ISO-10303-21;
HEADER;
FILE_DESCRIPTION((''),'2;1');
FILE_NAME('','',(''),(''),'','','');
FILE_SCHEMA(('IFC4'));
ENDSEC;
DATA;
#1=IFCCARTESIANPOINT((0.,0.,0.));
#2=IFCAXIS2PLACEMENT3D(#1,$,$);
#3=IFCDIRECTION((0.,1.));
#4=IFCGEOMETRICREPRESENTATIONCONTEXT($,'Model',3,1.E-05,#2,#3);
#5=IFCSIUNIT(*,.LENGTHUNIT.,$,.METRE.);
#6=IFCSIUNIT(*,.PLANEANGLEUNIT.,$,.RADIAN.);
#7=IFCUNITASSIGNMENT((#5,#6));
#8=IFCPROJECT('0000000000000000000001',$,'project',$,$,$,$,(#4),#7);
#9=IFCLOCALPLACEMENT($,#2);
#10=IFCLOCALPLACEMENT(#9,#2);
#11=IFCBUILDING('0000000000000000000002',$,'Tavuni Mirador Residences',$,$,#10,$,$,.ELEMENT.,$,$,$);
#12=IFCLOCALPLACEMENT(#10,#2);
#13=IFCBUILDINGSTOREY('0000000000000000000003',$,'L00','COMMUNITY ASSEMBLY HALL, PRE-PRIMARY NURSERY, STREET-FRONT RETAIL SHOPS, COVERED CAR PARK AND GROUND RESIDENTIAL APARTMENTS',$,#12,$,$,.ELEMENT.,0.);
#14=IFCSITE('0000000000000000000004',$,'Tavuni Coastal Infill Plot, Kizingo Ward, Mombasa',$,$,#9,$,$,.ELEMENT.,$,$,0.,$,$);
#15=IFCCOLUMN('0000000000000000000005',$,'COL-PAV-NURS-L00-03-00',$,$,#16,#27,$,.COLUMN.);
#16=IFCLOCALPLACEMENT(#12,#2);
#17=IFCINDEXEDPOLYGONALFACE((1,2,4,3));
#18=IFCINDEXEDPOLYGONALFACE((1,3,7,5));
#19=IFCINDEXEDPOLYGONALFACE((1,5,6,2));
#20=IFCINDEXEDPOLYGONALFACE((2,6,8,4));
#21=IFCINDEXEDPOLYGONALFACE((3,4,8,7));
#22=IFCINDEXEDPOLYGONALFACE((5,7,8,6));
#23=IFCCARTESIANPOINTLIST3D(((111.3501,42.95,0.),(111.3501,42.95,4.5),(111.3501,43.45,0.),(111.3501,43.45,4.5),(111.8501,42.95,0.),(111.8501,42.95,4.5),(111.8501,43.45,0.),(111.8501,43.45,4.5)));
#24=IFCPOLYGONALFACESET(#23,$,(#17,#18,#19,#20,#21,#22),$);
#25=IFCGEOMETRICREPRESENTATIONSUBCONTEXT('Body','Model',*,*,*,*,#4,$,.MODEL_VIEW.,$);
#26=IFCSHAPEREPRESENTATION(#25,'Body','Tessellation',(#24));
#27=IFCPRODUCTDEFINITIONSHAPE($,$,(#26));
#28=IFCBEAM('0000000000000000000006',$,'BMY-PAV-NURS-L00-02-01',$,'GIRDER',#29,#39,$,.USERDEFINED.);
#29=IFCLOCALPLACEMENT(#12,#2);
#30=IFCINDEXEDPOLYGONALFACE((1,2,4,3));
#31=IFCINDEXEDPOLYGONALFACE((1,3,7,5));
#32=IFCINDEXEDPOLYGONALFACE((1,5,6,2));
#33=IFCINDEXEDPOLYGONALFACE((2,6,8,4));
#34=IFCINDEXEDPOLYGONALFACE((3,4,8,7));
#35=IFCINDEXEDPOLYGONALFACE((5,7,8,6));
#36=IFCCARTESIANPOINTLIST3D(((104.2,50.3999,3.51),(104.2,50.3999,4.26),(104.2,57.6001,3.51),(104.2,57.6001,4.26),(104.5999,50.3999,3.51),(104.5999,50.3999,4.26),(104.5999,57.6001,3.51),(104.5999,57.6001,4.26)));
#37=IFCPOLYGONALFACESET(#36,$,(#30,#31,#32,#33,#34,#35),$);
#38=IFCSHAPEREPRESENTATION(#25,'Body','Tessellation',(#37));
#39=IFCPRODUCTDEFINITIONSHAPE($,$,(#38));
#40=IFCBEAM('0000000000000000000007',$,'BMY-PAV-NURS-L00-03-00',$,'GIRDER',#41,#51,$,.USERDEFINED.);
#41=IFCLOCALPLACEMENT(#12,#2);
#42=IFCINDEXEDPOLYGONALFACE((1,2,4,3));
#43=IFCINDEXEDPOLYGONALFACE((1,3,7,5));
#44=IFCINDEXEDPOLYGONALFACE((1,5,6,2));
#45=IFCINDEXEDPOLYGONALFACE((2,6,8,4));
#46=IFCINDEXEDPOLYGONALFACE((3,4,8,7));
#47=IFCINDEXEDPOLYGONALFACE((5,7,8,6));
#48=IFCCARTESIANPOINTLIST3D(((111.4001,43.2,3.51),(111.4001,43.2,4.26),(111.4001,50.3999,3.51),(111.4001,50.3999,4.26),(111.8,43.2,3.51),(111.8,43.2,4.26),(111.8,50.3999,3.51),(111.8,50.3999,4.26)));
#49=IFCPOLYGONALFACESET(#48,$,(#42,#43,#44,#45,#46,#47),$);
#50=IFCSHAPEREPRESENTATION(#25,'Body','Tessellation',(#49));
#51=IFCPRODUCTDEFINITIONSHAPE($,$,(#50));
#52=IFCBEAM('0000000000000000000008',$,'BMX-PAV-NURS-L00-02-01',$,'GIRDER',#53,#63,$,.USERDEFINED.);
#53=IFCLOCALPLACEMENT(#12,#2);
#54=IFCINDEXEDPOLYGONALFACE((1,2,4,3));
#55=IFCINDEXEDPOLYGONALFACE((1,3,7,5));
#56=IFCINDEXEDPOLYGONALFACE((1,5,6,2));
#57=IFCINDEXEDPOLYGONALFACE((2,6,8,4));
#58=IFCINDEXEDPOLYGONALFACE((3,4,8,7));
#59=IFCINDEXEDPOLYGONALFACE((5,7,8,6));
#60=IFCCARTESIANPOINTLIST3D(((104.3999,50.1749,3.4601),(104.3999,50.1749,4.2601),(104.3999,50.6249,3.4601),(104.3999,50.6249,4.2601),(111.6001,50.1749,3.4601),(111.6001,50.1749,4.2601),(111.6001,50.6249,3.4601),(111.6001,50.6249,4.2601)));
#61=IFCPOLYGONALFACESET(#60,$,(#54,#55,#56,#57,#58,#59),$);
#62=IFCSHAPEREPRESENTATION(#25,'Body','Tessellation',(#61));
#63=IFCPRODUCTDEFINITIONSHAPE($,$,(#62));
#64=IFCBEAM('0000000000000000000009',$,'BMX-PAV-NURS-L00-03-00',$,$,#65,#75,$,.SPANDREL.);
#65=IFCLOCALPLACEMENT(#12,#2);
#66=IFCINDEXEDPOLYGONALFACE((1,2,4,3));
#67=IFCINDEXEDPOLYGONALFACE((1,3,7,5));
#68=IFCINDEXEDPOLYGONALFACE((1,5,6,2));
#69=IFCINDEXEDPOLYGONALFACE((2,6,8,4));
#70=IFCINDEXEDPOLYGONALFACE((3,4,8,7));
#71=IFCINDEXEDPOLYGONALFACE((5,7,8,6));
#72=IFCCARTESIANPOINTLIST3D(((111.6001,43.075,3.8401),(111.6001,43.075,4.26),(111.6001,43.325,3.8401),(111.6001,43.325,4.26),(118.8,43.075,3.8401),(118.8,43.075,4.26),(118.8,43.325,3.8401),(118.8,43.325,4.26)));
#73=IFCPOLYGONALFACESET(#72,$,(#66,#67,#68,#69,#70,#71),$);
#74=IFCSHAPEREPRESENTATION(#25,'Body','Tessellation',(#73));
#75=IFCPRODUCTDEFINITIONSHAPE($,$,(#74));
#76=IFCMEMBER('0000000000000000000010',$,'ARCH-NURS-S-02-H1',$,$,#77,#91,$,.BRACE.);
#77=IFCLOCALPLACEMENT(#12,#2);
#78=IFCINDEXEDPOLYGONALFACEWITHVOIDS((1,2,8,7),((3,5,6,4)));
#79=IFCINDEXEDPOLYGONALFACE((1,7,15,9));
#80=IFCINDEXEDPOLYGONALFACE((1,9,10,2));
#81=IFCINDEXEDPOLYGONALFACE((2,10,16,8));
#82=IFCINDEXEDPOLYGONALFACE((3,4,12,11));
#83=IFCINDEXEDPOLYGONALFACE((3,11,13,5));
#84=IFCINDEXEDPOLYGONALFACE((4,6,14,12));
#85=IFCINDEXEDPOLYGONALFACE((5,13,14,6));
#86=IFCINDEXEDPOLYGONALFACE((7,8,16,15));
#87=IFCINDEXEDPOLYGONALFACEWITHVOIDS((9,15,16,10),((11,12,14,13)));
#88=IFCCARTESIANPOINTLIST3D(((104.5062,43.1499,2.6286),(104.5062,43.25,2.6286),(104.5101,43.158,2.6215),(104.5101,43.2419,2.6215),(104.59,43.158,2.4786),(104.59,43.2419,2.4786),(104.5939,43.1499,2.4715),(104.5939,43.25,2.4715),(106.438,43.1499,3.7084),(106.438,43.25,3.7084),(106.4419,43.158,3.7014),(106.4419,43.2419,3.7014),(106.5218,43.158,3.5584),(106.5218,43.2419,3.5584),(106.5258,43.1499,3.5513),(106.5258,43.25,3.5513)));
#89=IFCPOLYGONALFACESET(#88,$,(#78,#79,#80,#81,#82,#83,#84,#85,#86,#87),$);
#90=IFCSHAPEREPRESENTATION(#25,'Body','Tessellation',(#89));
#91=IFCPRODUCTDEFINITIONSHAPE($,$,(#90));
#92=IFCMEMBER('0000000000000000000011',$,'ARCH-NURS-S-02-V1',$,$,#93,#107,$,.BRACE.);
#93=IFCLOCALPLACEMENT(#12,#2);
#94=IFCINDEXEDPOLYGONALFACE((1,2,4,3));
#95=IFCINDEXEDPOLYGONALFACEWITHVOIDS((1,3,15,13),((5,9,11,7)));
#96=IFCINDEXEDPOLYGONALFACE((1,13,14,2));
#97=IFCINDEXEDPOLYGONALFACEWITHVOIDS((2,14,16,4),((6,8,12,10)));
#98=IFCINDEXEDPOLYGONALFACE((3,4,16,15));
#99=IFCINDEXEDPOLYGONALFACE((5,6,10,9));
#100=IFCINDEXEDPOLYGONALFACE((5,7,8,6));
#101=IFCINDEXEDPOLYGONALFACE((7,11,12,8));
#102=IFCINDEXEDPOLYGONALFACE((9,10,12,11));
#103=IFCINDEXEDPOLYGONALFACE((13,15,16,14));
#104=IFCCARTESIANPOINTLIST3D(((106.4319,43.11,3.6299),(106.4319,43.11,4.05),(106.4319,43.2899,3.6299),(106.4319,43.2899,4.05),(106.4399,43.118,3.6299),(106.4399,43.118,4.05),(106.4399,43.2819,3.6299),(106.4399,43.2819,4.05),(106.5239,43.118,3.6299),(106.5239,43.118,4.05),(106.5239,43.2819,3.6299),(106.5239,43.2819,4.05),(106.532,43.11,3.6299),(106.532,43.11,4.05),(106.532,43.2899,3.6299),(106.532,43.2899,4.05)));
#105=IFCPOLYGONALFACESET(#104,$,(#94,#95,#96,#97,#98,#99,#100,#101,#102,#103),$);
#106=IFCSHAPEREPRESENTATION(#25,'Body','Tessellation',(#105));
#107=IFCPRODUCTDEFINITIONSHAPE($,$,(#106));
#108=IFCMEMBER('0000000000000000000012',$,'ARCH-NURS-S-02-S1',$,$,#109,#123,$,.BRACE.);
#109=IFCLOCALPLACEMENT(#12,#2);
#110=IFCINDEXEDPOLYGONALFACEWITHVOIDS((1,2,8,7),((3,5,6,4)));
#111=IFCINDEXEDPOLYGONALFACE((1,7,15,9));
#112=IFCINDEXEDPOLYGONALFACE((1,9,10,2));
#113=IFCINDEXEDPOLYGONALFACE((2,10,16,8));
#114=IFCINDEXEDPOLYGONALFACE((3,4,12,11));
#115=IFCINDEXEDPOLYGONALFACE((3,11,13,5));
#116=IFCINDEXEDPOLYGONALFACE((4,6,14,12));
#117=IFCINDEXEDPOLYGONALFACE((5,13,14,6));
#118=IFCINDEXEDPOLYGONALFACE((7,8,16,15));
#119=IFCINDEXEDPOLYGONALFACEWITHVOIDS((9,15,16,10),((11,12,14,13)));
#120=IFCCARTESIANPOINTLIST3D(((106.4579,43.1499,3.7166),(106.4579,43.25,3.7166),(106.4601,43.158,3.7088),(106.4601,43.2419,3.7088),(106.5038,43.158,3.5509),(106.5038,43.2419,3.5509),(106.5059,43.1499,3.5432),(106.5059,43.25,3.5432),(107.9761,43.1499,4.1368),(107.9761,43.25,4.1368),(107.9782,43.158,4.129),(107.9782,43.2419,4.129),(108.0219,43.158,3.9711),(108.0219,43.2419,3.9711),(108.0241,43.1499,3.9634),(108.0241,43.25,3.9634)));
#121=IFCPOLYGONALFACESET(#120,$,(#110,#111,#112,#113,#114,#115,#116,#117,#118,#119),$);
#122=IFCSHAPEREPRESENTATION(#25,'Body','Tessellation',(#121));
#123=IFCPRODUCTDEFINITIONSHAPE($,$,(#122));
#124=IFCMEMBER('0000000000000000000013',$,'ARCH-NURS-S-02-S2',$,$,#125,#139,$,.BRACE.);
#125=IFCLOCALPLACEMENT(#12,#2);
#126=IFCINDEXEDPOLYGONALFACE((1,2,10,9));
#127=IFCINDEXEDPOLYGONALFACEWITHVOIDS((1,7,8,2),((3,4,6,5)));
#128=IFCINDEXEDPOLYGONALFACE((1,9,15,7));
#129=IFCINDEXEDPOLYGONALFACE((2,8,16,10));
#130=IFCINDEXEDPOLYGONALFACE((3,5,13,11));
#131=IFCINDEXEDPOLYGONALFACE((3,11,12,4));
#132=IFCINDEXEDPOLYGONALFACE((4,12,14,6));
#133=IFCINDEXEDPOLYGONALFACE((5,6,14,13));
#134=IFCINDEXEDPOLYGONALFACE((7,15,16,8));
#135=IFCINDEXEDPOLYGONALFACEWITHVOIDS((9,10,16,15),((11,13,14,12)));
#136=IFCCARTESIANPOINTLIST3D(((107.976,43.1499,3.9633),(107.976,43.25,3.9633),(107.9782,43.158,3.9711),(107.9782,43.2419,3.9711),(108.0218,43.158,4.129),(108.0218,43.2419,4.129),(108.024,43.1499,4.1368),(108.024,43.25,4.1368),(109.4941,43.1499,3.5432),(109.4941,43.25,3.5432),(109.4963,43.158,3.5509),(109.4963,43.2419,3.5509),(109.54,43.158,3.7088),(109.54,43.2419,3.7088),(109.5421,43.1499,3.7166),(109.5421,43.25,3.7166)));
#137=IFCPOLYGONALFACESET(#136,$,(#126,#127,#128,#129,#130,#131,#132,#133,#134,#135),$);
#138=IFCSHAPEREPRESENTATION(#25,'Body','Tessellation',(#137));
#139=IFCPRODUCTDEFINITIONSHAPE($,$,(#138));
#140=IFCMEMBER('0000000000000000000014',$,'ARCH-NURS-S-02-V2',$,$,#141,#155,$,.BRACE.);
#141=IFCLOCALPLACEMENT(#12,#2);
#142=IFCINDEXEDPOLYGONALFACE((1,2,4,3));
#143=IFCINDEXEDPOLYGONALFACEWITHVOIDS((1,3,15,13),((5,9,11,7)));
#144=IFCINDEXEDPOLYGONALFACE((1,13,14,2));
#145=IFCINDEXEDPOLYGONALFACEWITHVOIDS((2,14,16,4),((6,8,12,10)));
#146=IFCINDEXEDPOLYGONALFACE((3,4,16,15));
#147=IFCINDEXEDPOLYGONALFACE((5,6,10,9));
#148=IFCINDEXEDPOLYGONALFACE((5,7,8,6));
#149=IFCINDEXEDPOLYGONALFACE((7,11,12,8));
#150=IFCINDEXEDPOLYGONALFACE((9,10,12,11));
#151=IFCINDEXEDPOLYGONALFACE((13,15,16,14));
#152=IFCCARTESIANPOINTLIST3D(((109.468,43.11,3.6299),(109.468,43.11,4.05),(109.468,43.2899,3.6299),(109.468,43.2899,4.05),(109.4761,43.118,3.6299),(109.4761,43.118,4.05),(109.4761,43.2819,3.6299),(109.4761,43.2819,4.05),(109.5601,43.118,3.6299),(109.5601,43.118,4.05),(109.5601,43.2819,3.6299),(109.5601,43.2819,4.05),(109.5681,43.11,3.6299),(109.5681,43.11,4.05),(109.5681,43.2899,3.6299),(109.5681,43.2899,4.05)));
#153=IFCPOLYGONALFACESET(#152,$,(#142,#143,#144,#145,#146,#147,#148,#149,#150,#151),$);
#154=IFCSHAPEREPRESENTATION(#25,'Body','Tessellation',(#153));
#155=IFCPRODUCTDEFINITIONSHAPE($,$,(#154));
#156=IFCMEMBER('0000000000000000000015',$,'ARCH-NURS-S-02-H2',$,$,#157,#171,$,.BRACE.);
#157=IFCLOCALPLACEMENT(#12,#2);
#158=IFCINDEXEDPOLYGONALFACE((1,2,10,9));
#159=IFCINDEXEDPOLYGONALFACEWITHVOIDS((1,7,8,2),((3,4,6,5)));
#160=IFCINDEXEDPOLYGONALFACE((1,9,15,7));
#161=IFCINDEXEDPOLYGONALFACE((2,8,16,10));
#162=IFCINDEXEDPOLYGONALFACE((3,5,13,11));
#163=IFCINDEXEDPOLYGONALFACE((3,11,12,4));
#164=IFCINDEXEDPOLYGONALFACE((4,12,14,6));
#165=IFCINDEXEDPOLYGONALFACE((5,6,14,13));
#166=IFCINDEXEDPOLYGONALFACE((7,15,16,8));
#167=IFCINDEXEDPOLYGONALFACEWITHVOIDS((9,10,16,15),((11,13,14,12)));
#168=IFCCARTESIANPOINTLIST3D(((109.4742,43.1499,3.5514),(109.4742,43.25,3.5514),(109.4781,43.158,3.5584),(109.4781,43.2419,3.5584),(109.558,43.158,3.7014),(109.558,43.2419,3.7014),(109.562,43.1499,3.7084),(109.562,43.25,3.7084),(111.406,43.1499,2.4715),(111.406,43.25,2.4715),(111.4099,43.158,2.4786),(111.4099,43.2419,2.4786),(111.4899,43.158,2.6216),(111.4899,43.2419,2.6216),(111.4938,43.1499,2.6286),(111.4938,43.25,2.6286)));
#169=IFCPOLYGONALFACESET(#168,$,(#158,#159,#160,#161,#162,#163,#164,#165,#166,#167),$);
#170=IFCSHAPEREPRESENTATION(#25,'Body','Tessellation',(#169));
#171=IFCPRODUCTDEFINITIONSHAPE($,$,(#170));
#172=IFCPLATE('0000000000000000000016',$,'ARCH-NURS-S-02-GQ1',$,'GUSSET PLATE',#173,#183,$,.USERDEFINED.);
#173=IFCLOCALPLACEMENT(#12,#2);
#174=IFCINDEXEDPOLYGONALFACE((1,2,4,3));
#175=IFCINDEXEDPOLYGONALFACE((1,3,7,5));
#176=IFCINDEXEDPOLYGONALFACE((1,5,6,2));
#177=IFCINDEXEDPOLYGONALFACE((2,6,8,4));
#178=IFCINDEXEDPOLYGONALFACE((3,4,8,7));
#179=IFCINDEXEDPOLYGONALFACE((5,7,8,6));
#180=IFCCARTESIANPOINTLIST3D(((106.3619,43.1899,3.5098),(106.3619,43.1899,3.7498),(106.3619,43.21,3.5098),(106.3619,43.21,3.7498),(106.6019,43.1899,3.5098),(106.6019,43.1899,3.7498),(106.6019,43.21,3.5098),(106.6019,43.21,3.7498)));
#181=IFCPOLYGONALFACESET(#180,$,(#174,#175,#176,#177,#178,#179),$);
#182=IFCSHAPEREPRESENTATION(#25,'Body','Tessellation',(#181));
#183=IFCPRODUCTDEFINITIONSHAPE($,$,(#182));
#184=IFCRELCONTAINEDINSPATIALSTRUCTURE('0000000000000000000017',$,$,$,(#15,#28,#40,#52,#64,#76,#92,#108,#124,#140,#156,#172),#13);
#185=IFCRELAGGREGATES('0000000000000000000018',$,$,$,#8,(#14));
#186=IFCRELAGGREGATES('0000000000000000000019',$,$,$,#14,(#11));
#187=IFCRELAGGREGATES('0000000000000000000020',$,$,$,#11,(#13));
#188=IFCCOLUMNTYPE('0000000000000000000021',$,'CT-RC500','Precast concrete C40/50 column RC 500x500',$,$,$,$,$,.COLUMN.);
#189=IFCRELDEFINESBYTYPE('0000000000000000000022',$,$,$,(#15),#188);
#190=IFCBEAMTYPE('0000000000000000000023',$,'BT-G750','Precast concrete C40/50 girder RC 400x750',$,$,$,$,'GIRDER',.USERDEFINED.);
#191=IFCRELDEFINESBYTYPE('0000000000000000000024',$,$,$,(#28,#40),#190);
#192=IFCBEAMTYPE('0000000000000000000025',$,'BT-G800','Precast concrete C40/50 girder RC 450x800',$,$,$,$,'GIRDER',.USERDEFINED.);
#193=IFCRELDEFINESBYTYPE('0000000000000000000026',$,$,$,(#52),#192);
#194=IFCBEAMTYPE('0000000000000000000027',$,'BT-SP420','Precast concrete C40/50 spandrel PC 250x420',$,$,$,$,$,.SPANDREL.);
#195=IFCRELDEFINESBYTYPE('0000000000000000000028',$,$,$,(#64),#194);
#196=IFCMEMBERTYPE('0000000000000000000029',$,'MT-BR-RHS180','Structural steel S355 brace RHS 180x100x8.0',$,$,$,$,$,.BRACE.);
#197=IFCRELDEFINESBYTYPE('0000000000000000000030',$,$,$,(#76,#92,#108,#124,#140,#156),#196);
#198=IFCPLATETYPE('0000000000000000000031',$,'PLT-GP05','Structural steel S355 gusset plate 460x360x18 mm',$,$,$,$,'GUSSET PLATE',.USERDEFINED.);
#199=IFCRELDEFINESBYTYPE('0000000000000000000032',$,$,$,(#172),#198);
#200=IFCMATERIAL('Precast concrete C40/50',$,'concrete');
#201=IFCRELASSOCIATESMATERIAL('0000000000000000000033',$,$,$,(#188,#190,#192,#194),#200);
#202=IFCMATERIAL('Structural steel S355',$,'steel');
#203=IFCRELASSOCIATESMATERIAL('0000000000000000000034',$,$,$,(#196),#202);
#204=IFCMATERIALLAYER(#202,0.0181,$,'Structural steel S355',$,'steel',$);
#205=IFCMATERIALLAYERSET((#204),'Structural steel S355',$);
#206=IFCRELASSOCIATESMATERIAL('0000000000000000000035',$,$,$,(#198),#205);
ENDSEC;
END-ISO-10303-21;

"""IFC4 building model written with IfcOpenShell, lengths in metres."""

from ifc_helpers import new_model, si_unit, direction, frame, origin, origin_2d, place, context, subcontext, project, spatial, rectangle, hollow_rectangle, extrude, material, layer, layer_set, material_profile, profile_set, type_object, element, save


model = new_model("IFC4")

# Units and contexts
model_context = context("Model", 3, precision=1e-05, world=origin(), true_north=direction((0.0, 1.0)))
body_context = subcontext(model_context, "Body", "Model", "MODEL_VIEW")
ifc_project = project(units=[si_unit("LENGTHUNIT", "METRE"), si_unit("PLANEANGLEUNIT", "RADIAN")], contexts=[model_context])

# Site, building, storey
site_placement = place(None, origin())
site = spatial("IfcSite", under=ifc_project, at=site_placement, Name="Tavuni Coastal Infill Plot, Kizingo Ward, Mombasa", CompositionType="ELEMENT", RefElevation=0.0)
building_placement = place(site_placement, origin())
building = spatial("IfcBuilding", under=site, at=building_placement, Name="Tavuni Mirador Residences", CompositionType="ELEMENT")
storey_placement = place(building_placement, origin())
storey = spatial("IfcBuildingStorey", under=building, at=storey_placement, Name="L00", Description="COMMUNITY ASSEMBLY HALL, PRE-PRIMARY NURSERY, STREET-FRONT RETAIL SHOPS, COVERED CAR PARK AND GROUND RESIDENTIAL APARTMENTS", CompositionType="ELEMENT", Elevation=0.0)

# Column
ifc_material_1 = material(Name="Precast concrete C40/50", Category="concrete")
ifc_material_profile_1 = material_profile(ifc_material_1, rectangle(XDim=0.5, YDim=0.5, at=origin_2d()), Name="RC 500x500", Category="concrete")
ifc_profile_set_1 = profile_set([ifc_material_profile_1], Name="Precast concrete C40/50")
column_type = type_object("IfcColumnType", Name="CT-RC500", Description="Precast concrete C40/50 column RC 500x500", PredefinedType="COLUMN", material=ifc_profile_set_1)
column_placement = place(storey_placement, frame((111.6001, 43.2, 0.0), z_axis=(0.0, 0.0, 1.0), x_axis=(1.0, 0.0, 0.0)))
element("IfcColumn", 1, at=column_placement, inside=storey, type_object=column_type, Name="COL-PAV-NURS-L00-03-00", PredefinedType="COLUMN", context=body_context, shape_type="SweptSolid", body=[
    extrude(rectangle(XDim=0.5, YDim=0.5, at=origin_2d()), origin(), (0.0, 0.0, 1.0), 4.5),
])

# Beams
ifc_material_profile_2 = material_profile(ifc_material_1, rectangle(XDim=0.3999, YDim=0.75, at=origin_2d()), Name="RC 400x750", Category="concrete")
ifc_profile_set_2 = profile_set([ifc_material_profile_2], Name="Precast concrete C40/50")
beam_type_1 = type_object("IfcBeamType", Name="BT-G750", Description="Precast concrete C40/50 girder RC 400x750", ElementType="GIRDER", PredefinedType="USERDEFINED", material=ifc_profile_set_2)
beam_1_placement = place(storey_placement, frame((104.3999, 50.3999, 3.885), z_axis=(0.0, 1.0, 0.0), x_axis=(-1.0, 0.0, 0.0)))
element("IfcBeam", 2, at=beam_1_placement, inside=storey, type_object=beam_type_1, Name="BMY-PAV-NURS-L00-02-01", ObjectType="GIRDER", PredefinedType="USERDEFINED", context=body_context, shape_type="SweptSolid", body=[
    extrude(rectangle(XDim=0.3999, YDim=0.75, at=origin_2d()), origin(), (0.0, 0.0, 1.0), 7.2002),
])
beam_2_placement = place(storey_placement, frame((111.6001, 43.2, 3.885), z_axis=(0.0, 1.0, 0.0), x_axis=(-1.0, 0.0, 0.0)))
element("IfcBeam", 3, at=beam_2_placement, inside=storey, type_object=beam_type_1, Name="BMY-PAV-NURS-L00-03-00", ObjectType="GIRDER", PredefinedType="USERDEFINED", context=body_context, shape_type="SweptSolid", body=[
    extrude(rectangle(XDim=0.3999, YDim=0.75, at=origin_2d()), origin(), (0.0, 0.0, 1.0), 7.2),
])
ifc_material_profile_3 = material_profile(ifc_material_1, rectangle(XDim=0.45, YDim=0.8, at=origin_2d()), Name="RC 450x800", Category="concrete")
ifc_profile_set_3 = profile_set([ifc_material_profile_3], Name="Precast concrete C40/50")
beam_type_2 = type_object("IfcBeamType", Name="BT-G800", Description="Precast concrete C40/50 girder RC 450x800", ElementType="GIRDER", PredefinedType="USERDEFINED", material=ifc_profile_set_3)
beam_3_placement = place(storey_placement, frame((104.3999, 50.3999, 3.8601), z_axis=(1.0, 0.0, 0.0), x_axis=(0.0, 1.0, 0.0)))
element("IfcBeam", 4, at=beam_3_placement, inside=storey, type_object=beam_type_2, Name="BMX-PAV-NURS-L00-02-01", ObjectType="GIRDER", PredefinedType="USERDEFINED", context=body_context, shape_type="SweptSolid", body=[
    extrude(rectangle(XDim=0.45, YDim=0.8, at=origin_2d()), origin(), (0.0, 0.0, 1.0), 7.2002),
])
ifc_material_profile_4 = material_profile(ifc_material_1, rectangle(XDim=0.25, YDim=0.4199, at=origin_2d()), Name="PC 250x420", Category="concrete")
ifc_profile_set_4 = profile_set([ifc_material_profile_4], Name="Precast concrete C40/50")
beam_type_3 = type_object("IfcBeamType", Name="BT-SP420", Description="Precast concrete C40/50 spandrel PC 250x420", PredefinedType="SPANDREL", material=ifc_profile_set_4)
beam_4_placement = place(storey_placement, frame((111.6001, 43.2, 4.05), z_axis=(1.0, 0.0, 0.0), x_axis=(0.0, 1.0, 0.0)))
element("IfcBeam", 5, at=beam_4_placement, inside=storey, type_object=beam_type_3, Name="BMX-PAV-NURS-L00-03-00", PredefinedType="SPANDREL", context=body_context, shape_type="SweptSolid", body=[
    extrude(rectangle(XDim=0.25, YDim=0.4199, at=origin_2d()), origin(), (0.0, 0.0, 1.0), 7.2),
])

# Members
ifc_material_2 = material(Name="Structural steel S355", Category="steel")
ifc_material_profile_5 = material_profile(ifc_material_2, hollow_rectangle(XDim=0.1001, YDim=0.1799, WallThickness=0.0081, at=origin_2d()), Name="RHS 180x100x8.0", Category="steel")
ifc_profile_set_5 = profile_set([ifc_material_profile_5], Name="Structural steel S355")
member_type = type_object("IfcMemberType", Name="MT-BR-RHS180", Description="Structural steel S355 brace RHS 180x100x8.0", PredefinedType="BRACE", material=ifc_profile_set_5)
member_1_placement = place(storey_placement, frame((104.55, 43.2, 2.55), z_axis=(0.872895, 0.0, 0.487908), x_axis=(0.0, 1.0, 0.0)))
element("IfcMember", 6, at=member_1_placement, inside=storey, type_object=member_type, Name="ARCH-NURS-S-02-H1", PredefinedType="BRACE", context=body_context, shape_type="SweptSolid", body=[
    extrude(hollow_rectangle(XDim=0.1001, YDim=0.1799, WallThickness=0.0081, at=origin_2d()), origin(), (0.0, 0.0, 1.0), 2.2131),
])
member_2_placement = place(storey_placement, frame((106.4819, 43.2, 3.6299), z_axis=(0.0, 0.0, 1.0), x_axis=(1.0, 0.0, 0.0)))
element("IfcMember", 7, at=member_2_placement, inside=storey, type_object=member_type, Name="ARCH-NURS-S-02-V1", PredefinedType="BRACE", context=body_context, shape_type="SweptSolid", body=[
    extrude(hollow_rectangle(XDim=0.1001, YDim=0.1799, WallThickness=0.0081, at=origin_2d()), origin(), (0.0, 0.0, 1.0), 0.4202),
])
for number, where, z_axis, x_axis, name in (
    (8, (106.4819, 43.2, 3.6299), (0.963766, 0.0, 0.266748), (0.0, 1.0, 0.0), "ARCH-NURS-S-02-S1"),
    (9, (108.0, 43.2, 4.05), (0.963766, 0.0, -0.266748), (0.0, 1.0, 0.0), "ARCH-NURS-S-02-S2"),
):
    element("IfcMember", number, at=place(storey_placement, frame(where, z_axis=z_axis, x_axis=x_axis)), inside=storey, type_object=member_type, Name=name, PredefinedType="BRACE", context=body_context, shape_type="SweptSolid", body=[
        extrude(hollow_rectangle(XDim=0.1001, YDim=0.1799, WallThickness=0.0081, at=origin_2d()), origin(), (0.0, 0.0, 1.0), 1.5752),
    ])
member_3_placement = place(storey_placement, frame((109.5181, 43.2, 3.6299), z_axis=(0.0, 0.0, 1.0), x_axis=(1.0, 0.0, 0.0)))
element("IfcMember", 10, at=member_3_placement, inside=storey, type_object=member_type, Name="ARCH-NURS-S-02-V2", PredefinedType="BRACE", context=body_context, shape_type="SweptSolid", body=[
    extrude(hollow_rectangle(XDim=0.1001, YDim=0.1799, WallThickness=0.0081, at=origin_2d()), origin(), (0.0, 0.0, 1.0), 0.4202),
])
member_4_placement = place(storey_placement, frame((109.5181, 43.2, 3.6299), z_axis=(0.872895, 0.0, -0.487908), x_axis=(0.0, 1.0, 0.0)))
element("IfcMember", 11, at=member_4_placement, inside=storey, type_object=member_type, Name="ARCH-NURS-S-02-H2", PredefinedType="BRACE", context=body_context, shape_type="SweptSolid", body=[
    extrude(hollow_rectangle(XDim=0.1001, YDim=0.1799, WallThickness=0.0081, at=origin_2d()), origin(), (0.0, 0.0, 1.0), 2.2131),
])

# Plate
ifc_layer_1 = layer(ifc_material_2, 0.0181, Name="Structural steel S355", Category="steel")
ifc_layer_set_1 = layer_set([ifc_layer_1], Name="Structural steel S355")
plate_type = type_object("IfcPlateType", Name="PLT-GP05", Description="Structural steel S355 gusset plate 460x360x18 mm", ElementType="GUSSET PLATE", PredefinedType="USERDEFINED", material=ifc_layer_set_1)
for number, where, z_axis, x_axis, name in (
    (12, (106.4819, 43.2, 3.5098), (0.0, 0.0, 1.0), (1.0, 0.0, 0.0), "ARCH-NURS-S-02-GQ1"),
):
    element("IfcPlate", number, at=place(storey_placement, frame(where, z_axis=z_axis, x_axis=x_axis)), inside=storey, type_object=plate_type, Name=name, ObjectType="GUSSET PLATE", PredefinedType="USERDEFINED", context=body_context, shape_type="SweptSolid", body=[
        extrude(rectangle(XDim=0.24, YDim=0.02, at=origin_2d()), origin(), (0.0, 0.0, 1.0), 0.24),
    ])

save(model, "model.ifc")
